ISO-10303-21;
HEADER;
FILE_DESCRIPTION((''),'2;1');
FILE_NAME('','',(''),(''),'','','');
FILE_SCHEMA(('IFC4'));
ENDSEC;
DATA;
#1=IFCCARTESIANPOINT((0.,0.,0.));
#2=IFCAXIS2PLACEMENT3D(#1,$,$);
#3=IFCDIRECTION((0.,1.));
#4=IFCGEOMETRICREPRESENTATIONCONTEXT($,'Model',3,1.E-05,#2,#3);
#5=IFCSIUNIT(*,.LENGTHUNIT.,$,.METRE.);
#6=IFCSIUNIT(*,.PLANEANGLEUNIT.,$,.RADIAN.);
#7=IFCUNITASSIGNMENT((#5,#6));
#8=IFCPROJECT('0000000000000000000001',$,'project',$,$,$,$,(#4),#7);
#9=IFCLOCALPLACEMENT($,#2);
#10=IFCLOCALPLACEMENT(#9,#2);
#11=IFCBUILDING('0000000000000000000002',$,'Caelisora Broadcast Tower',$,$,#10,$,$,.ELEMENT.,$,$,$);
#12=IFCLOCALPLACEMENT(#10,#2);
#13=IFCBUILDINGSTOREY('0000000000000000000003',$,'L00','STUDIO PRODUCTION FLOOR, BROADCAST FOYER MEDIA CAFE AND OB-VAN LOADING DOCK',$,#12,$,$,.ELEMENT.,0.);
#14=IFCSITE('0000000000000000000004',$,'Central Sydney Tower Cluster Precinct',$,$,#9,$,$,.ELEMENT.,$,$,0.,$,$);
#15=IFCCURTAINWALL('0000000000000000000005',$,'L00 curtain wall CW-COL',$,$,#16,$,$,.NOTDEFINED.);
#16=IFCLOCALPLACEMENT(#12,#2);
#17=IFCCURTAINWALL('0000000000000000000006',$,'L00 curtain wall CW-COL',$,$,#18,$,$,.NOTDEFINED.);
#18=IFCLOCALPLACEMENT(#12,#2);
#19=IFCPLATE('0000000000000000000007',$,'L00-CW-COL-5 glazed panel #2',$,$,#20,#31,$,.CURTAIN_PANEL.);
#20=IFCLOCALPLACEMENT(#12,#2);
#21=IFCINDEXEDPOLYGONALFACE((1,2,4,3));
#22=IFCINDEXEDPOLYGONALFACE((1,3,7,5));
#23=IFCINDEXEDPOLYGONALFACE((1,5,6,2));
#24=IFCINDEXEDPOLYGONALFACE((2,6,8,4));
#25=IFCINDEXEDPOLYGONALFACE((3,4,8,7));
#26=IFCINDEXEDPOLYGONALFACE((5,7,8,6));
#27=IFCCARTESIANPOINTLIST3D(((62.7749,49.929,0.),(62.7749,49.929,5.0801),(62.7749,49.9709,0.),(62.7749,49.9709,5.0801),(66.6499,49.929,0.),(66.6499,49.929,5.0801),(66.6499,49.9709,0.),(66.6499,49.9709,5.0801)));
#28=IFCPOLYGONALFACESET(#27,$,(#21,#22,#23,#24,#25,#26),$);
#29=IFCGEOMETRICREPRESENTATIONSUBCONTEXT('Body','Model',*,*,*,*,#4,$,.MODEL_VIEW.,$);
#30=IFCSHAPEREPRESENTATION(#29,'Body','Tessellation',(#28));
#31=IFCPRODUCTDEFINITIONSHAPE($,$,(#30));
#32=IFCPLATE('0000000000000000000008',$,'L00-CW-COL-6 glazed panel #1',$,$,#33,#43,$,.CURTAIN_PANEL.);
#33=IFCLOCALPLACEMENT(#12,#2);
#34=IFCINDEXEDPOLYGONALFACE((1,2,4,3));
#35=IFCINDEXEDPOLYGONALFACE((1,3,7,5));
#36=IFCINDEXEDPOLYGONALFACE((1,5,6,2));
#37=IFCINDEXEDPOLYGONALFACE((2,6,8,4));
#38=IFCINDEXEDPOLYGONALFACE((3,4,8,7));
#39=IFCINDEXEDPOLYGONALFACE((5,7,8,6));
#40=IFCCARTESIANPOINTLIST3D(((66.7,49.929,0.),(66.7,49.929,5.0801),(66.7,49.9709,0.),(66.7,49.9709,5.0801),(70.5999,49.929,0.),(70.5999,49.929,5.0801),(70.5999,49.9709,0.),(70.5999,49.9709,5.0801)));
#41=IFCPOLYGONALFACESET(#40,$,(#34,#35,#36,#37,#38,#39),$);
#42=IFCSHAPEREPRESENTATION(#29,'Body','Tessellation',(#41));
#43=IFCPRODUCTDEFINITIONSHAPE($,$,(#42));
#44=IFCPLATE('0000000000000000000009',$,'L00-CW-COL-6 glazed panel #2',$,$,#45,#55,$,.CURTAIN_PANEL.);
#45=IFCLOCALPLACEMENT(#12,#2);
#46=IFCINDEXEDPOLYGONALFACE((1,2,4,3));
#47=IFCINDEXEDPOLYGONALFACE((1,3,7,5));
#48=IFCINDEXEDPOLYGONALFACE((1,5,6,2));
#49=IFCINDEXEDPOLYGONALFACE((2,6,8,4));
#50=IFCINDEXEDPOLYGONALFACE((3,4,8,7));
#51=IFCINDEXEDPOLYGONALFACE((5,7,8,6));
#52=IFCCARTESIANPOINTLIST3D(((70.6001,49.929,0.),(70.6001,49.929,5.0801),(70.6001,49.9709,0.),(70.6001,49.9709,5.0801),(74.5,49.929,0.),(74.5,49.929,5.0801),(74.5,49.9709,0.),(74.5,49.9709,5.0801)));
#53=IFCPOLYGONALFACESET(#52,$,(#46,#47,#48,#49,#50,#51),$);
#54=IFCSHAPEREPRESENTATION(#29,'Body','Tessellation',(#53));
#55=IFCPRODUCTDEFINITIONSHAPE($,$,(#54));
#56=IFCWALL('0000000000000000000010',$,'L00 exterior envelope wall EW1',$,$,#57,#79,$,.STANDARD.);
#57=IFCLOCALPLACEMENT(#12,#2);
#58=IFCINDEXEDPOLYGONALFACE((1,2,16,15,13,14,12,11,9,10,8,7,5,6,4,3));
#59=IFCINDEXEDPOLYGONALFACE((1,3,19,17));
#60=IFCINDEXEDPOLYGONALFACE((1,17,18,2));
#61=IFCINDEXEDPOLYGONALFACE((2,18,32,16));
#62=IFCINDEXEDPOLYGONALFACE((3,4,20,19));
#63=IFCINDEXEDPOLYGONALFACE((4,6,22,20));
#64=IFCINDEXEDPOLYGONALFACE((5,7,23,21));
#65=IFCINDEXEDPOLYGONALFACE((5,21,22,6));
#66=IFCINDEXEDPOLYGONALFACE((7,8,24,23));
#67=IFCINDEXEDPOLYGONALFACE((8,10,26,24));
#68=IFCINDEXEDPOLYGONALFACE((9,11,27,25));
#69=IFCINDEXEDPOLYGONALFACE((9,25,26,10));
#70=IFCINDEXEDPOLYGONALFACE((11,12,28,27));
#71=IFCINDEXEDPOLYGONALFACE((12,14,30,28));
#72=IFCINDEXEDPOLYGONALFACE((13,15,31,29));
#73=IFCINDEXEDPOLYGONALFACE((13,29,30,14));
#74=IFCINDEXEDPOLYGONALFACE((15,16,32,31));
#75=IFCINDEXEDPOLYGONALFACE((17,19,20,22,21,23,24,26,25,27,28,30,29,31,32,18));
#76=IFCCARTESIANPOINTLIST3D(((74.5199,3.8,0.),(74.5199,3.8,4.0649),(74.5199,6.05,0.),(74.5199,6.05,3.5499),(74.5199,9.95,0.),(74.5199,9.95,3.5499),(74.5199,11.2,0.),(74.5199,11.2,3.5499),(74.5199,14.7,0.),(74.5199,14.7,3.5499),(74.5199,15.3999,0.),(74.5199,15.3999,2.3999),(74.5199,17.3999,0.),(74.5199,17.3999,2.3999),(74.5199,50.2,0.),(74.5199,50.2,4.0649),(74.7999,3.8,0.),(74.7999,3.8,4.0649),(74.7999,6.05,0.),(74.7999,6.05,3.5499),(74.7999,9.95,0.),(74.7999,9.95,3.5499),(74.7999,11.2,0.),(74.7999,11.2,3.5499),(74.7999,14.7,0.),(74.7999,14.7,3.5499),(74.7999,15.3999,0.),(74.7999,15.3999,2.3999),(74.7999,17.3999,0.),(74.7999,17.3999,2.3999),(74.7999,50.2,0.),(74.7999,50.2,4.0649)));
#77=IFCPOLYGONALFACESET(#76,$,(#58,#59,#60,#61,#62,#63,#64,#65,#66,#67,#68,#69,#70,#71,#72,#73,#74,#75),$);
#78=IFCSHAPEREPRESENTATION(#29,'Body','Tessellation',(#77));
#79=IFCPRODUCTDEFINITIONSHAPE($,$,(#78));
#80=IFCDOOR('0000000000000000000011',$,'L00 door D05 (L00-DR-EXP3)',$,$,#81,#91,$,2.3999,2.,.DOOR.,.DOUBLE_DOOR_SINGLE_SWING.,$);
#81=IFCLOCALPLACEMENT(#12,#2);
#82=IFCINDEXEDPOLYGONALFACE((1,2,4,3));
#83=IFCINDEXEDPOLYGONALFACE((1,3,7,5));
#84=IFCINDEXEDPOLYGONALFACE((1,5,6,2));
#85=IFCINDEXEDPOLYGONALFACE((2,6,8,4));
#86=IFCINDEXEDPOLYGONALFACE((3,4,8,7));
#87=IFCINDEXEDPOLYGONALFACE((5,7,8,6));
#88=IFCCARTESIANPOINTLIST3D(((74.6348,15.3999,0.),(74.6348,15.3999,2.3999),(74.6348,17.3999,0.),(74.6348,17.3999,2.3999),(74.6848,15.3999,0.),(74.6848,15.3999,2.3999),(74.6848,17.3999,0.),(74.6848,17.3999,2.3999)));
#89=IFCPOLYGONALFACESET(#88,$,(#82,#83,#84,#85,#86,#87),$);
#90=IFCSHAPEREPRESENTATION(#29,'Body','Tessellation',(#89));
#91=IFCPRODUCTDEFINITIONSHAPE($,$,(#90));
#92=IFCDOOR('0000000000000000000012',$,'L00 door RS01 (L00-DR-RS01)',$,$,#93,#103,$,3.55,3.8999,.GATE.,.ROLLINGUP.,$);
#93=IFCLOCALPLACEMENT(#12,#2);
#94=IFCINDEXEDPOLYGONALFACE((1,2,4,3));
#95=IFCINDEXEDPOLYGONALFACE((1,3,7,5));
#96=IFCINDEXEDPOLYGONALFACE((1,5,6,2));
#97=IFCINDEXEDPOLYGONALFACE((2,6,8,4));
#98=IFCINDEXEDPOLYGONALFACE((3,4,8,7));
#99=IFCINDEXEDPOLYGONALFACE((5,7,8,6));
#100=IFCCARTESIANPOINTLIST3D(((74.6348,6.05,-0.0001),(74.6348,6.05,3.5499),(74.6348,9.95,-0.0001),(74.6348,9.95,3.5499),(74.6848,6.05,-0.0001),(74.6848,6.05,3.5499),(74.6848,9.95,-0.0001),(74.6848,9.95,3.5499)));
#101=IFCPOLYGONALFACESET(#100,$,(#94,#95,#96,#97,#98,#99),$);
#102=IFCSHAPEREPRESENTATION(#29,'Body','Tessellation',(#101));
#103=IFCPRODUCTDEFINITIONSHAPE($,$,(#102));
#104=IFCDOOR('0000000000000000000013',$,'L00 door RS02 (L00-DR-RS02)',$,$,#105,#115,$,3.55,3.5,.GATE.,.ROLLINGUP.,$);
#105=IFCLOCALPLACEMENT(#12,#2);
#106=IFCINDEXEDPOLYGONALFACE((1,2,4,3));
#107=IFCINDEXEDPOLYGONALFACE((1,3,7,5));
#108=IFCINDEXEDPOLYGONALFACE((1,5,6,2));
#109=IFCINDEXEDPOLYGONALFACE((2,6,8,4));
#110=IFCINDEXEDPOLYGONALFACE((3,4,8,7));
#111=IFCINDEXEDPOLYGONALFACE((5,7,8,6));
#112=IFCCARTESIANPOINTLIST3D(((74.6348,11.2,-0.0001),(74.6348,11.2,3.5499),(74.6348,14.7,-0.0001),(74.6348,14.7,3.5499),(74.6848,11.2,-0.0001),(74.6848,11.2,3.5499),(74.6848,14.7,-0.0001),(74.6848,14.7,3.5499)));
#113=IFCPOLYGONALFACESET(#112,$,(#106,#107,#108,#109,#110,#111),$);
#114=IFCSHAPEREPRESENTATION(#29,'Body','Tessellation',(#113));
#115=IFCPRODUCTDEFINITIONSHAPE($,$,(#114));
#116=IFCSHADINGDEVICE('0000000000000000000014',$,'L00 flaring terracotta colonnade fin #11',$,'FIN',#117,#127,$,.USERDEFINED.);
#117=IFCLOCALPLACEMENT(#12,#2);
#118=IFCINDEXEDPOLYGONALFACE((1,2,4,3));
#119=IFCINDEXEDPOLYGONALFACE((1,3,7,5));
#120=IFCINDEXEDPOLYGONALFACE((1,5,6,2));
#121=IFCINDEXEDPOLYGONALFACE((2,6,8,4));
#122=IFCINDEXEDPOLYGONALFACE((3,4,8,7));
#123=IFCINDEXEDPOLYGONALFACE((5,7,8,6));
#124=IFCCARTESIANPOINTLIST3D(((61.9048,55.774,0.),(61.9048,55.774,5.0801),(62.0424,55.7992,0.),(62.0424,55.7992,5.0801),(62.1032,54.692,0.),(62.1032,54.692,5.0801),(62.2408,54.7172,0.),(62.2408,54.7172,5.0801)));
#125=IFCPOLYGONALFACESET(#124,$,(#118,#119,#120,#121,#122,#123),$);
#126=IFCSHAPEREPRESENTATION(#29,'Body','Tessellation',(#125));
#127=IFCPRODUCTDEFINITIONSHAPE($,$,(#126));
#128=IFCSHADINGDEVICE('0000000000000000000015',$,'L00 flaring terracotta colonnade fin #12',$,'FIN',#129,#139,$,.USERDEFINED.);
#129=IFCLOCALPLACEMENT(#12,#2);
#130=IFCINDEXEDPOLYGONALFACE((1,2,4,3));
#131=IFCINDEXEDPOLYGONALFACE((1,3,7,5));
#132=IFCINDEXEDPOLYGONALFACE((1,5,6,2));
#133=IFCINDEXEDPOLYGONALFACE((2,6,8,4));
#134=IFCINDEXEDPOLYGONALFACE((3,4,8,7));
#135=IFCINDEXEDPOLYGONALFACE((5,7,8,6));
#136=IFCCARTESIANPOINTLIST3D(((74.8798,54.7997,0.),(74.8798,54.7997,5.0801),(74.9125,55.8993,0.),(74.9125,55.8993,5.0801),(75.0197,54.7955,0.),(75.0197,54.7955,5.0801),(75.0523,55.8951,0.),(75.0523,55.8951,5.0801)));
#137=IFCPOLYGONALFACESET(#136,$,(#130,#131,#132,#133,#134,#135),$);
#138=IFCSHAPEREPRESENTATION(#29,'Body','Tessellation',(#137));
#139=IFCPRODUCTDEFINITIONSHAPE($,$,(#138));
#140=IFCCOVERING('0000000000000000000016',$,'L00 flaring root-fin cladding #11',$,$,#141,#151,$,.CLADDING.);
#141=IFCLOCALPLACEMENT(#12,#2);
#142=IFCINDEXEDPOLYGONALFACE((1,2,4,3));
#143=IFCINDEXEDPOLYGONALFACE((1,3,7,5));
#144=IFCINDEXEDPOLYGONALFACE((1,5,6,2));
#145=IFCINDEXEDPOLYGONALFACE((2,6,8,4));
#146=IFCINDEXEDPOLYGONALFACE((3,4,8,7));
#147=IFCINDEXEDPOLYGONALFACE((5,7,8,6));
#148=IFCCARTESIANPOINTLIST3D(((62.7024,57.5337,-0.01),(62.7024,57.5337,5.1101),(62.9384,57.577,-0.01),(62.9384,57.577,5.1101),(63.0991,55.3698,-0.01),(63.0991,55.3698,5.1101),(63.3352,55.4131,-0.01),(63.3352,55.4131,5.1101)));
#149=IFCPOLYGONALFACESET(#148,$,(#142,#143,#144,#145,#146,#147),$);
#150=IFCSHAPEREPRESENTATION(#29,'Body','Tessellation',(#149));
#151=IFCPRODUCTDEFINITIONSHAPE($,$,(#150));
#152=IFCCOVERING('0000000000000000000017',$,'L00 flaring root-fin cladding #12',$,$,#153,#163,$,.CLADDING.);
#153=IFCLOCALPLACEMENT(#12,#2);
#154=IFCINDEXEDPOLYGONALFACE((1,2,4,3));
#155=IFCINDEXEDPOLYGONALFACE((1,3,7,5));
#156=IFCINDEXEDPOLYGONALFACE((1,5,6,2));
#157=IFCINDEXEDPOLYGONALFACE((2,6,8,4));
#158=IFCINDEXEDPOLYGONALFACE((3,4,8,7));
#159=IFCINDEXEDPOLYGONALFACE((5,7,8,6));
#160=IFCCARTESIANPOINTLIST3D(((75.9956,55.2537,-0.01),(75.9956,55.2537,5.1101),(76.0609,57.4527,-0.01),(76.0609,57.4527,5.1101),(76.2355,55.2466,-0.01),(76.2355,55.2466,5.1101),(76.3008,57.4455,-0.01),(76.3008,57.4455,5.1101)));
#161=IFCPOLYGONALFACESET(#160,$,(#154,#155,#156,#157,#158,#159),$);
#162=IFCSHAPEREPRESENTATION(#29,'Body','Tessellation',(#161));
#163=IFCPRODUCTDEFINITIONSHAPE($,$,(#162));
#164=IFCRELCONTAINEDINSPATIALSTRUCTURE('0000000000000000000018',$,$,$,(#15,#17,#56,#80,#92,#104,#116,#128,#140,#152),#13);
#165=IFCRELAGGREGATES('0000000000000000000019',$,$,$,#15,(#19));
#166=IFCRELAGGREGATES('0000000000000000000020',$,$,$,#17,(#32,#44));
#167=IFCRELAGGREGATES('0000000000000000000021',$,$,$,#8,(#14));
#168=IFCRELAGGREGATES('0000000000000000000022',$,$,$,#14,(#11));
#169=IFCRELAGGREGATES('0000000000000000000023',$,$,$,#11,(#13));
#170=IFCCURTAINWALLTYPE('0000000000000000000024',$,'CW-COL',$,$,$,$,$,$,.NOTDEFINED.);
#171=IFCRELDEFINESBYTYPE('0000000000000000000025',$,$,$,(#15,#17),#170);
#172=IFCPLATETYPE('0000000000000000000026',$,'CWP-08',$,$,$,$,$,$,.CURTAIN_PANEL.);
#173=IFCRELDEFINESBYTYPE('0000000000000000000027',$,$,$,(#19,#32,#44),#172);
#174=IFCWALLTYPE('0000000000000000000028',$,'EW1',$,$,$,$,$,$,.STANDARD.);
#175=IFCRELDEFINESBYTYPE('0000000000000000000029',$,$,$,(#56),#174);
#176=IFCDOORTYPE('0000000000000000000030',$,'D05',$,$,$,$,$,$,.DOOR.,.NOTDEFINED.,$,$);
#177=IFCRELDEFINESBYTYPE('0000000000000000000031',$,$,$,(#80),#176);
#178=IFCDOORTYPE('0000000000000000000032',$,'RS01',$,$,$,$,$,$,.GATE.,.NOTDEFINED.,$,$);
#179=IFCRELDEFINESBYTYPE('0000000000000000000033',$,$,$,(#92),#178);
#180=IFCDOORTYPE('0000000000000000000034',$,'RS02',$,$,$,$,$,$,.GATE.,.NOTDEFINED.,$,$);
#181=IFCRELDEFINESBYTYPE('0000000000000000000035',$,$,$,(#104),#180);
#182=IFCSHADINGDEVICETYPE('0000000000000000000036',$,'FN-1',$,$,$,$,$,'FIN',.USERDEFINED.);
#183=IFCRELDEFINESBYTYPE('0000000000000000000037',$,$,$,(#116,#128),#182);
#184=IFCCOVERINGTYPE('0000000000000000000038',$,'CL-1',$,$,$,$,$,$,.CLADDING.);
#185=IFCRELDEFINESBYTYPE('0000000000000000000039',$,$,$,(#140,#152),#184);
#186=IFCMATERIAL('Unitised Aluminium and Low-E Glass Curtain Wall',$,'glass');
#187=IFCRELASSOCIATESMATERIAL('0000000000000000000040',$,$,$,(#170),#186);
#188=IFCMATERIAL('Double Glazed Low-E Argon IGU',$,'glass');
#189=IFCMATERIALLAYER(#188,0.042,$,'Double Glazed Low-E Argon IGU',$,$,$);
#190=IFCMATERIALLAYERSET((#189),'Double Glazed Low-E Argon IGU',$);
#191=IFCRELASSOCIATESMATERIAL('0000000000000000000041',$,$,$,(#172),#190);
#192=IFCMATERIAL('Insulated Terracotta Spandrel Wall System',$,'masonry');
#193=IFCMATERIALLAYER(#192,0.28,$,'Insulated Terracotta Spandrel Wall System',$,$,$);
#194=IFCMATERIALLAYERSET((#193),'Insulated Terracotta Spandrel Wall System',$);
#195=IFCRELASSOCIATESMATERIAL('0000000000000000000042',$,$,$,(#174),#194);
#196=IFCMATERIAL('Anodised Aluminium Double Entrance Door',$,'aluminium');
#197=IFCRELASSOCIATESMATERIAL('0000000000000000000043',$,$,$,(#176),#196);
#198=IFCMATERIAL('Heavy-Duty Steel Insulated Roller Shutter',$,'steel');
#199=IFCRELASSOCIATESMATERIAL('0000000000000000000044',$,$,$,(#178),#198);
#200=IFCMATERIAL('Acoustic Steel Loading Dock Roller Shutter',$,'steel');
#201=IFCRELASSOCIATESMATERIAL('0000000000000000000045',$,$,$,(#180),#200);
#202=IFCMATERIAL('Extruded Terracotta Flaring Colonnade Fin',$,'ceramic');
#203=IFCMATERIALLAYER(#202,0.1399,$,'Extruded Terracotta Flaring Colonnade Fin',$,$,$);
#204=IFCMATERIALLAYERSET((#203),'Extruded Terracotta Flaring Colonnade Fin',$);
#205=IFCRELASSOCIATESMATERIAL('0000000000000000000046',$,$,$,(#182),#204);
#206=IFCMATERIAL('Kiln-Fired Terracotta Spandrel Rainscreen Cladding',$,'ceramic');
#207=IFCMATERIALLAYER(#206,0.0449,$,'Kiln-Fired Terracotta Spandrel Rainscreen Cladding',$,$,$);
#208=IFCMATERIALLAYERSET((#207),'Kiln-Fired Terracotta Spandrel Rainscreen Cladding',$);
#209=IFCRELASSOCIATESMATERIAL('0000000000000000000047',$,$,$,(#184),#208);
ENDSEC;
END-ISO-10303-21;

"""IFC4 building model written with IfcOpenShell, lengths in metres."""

from ifc_helpers import new_model, si_unit, direction, frame, frame_2d, origin, origin_2d, place, context, subcontext, project, spatial, rectangle, extrude, source, transform, mapped, material, layer, layer_set, type_object, type_shapes, element, fill, aggregate, save


model = new_model("IFC4")

# Units and contexts
model_context = context("Model", 3, precision=1e-05, world=origin(), true_north=direction((0.0, 1.0)))
body_context = subcontext(model_context, "Body", "Model", "MODEL_VIEW")
ifc_project = project(units=[si_unit("LENGTHUNIT", "METRE"), si_unit("PLANEANGLEUNIT", "RADIAN")], contexts=[model_context])

# Site, building, storey
site_placement = place(None, origin())
site = spatial("IfcSite", under=ifc_project, at=site_placement, Name="Central Sydney Tower Cluster Precinct", CompositionType="ELEMENT", RefElevation=0.0)
building_placement = place(site_placement, origin())
building = spatial("IfcBuilding", under=site, at=building_placement, Name="Caelisora Broadcast Tower", CompositionType="ELEMENT")
storey_placement = place(building_placement, origin())
storey = spatial("IfcBuildingStorey", under=building, at=storey_placement, Name="L00", Description="STUDIO PRODUCTION FLOOR, BROADCAST FOYER MEDIA CAFE AND OB-VAN LOADING DOCK", CompositionType="ELEMENT", Elevation=0.0)

# Curtain walls
ifc_material_1 = material(Name="Unitised Aluminium and Low-E Glass Curtain Wall", Category="glass")
curtain_wall_type = type_object("IfcCurtainWallType", Name="CW-COL", PredefinedType="NOTDEFINED", material=ifc_material_1)
curtain_wall_1_placement = place(storey_placement, origin())
curtain_wall_1 = element("IfcCurtainWall", 1, at=curtain_wall_1_placement, inside=storey, type_object=curtain_wall_type, Name="L00 curtain wall CW-COL", PredefinedType="NOTDEFINED")
curtain_wall_2_placement = place(storey_placement, origin())
curtain_wall_2 = element("IfcCurtainWall", 2, at=curtain_wall_2_placement, inside=storey, type_object=curtain_wall_type, Name="L00 curtain wall CW-COL", PredefinedType="NOTDEFINED")

# Plates
ifc_material_2 = material(Name="Double Glazed Low-E Argon IGU", Category="glass")
ifc_layer_1 = layer(ifc_material_2, 0.042, Name="Double Glazed Low-E Argon IGU")
ifc_layer_set_1 = layer_set([ifc_layer_1], Name="Double Glazed Low-E Argon IGU")
plate_type = type_object("IfcPlateType", Name="CWP-08", PredefinedType="CURTAIN_PANEL", material=ifc_layer_set_1)
shared_shape_1 = source(origin(), body_context, "Body", "SweptSolid", [
    extrude(rectangle(XDim=3.875, YDim=0.042, at=origin_2d()), origin(), (0.0, 0.0, 1.0), 5.0801),
])
plate_1_placement = place(storey_placement, frame((64.7124, 49.95, 0.0), z_axis=(0.0, 0.0, 1.0), x_axis=(1.0, 0.0, 0.0)))
plate_1 = element("IfcPlate", 3, at=plate_1_placement, type_object=plate_type, Name="L00-CW-COL-5 glazed panel #2", PredefinedType="CURTAIN_PANEL", context=body_context, shape_type="MappedRepresentation", body=[
    mapped(shared_shape_1, transform((0.0, 0.0, 0.0), scale=1.0)),
])
aggregate(curtain_wall_1, [plate_1])
shared_shape_2 = source(origin(), body_context, "Body", "SweptSolid", [
    extrude(rectangle(XDim=3.8999, YDim=0.042, at=origin_2d()), origin(), (0.0, 0.0, 1.0), 5.0801),
])
type_shapes(plate_type, [shared_shape_1, shared_shape_2])
plate_2_placement = place(storey_placement, frame((68.6499, 49.95, 0.0), z_axis=(0.0, 0.0, 1.0), x_axis=(1.0, 0.0, 0.0)))
plate_2 = element("IfcPlate", 4, at=plate_2_placement, type_object=plate_type, Name="L00-CW-COL-6 glazed panel #1", PredefinedType="CURTAIN_PANEL", context=body_context, shape_type="MappedRepresentation", body=[
    mapped(shared_shape_2, transform((0.0, 0.0, 0.0), scale=1.0)),
])
plate_3_placement = place(storey_placement, frame((72.55, 49.95, 0.0), z_axis=(0.0, 0.0, 1.0), x_axis=(1.0, 0.0, 0.0)))
plate_3 = element("IfcPlate", 5, at=plate_3_placement, type_object=plate_type, Name="L00-CW-COL-6 glazed panel #2", PredefinedType="CURTAIN_PANEL", context=body_context, shape_type="MappedRepresentation", body=[
    mapped(shared_shape_2, transform((0.0, 0.0, 0.0), scale=1.0)),
])
aggregate(curtain_wall_2, [plate_2, plate_3])

# Wall, openings, doors
ifc_material_3 = material(Name="Insulated Terracotta Spandrel Wall System", Category="masonry")
ifc_layer_2 = layer(ifc_material_3, 0.28, Name="Insulated Terracotta Spandrel Wall System")
ifc_layer_set_2 = layer_set([ifc_layer_2], Name="Insulated Terracotta Spandrel Wall System")
wall_type = type_object("IfcWallType", Name="EW1", PredefinedType="STANDARD", material=ifc_layer_set_2)
wall_placement = place(storey_placement, frame((74.6599, 50.2, 0.0), z_axis=(0.0, 0.0, 1.0), x_axis=(0.0, -1.0, 0.0)))
wall = element("IfcWall", 6, at=wall_placement, inside=storey, type_object=wall_type, Name="L00 exterior envelope wall EW1", PredefinedType="STANDARD", context=body_context, shape_type="SweptSolid", body=[
    extrude(rectangle(XDim=46.3999, YDim=0.28, at=frame_2d((23.2, 0.0))), origin(), (0.0, 0.0, 1.0), 4.0649),
])
opening_1_placement = place(wall_placement, frame((40.25, 0.0, 0.0)))
opening_1 = element("IfcOpeningElement", 7, at=opening_1_placement, cuts=wall, PredefinedType="OPENING", context=body_context, shape_type="SweptSolid", body=[
    extrude(rectangle(XDim=3.8999, YDim=3.55, at=frame_2d((1.95, 1.7749))), frame((0.0, 0.1521, 0.0), z_axis=(0.0, -1.0, 0.0), x_axis=(1.0, 0.0, 0.0)), (0.0, 0.0, 1.0), 0.304),
])
opening_2_placement = place(wall_placement, frame((35.5, 0.0, 0.0)))
opening_2 = element("IfcOpeningElement", 8, at=opening_2_placement, cuts=wall, PredefinedType="OPENING", context=body_context, shape_type="SweptSolid", body=[
    extrude(rectangle(XDim=3.5, YDim=3.55, at=frame_2d((1.75, 1.7749))), frame((0.0, 0.1521, 0.0), z_axis=(0.0, -1.0, 0.0), x_axis=(1.0, 0.0, 0.0)), (0.0, 0.0, 1.0), 0.304),
])
opening_3_placement = place(wall_placement, frame((32.8, 0.0, 0.0)))
opening_3 = element("IfcOpeningElement", 9, at=opening_3_placement, cuts=wall, PredefinedType="OPENING", context=body_context, shape_type="SweptSolid", body=[
    extrude(rectangle(XDim=2.0, YDim=2.3999, at=frame_2d((1.0, 1.2))), frame((0.0, 0.1521, 0.0), z_axis=(0.0, -1.0, 0.0), x_axis=(1.0, 0.0, 0.0)), (0.0, 0.0, 1.0), 0.304),
])
ifc_material_4 = material(Name="Anodised Aluminium Double Entrance Door", Category="aluminium")
door_type_1 = type_object("IfcDoorType", Name="D05", OperationType="NOTDEFINED", PredefinedType="DOOR", material=ifc_material_4)
door_1_placement = place(opening_3_placement, origin())
door_1 = element("IfcDoor", 10, at=door_1_placement, inside=storey, type_object=door_type_1, Name="L00 door D05 (L00-DR-EXP3)", OperationType="DOUBLE_DOOR_SINGLE_SWING", OverallHeight=2.3999, OverallWidth=2.0, PredefinedType="DOOR", context=body_context, shape_type="SweptSolid", body=[
    extrude(rectangle(XDim=2.0, YDim=2.3999, at=frame_2d((1.0, 1.2))), frame((0.0, 0.0249, 0.0), z_axis=(0.0, -1.0, 0.0), x_axis=(1.0, 0.0, 0.0)), (0.0, 0.0, 1.0), 0.05),
])
fill(opening_3, door_1)
ifc_material_5 = material(Name="Heavy-Duty Steel Insulated Roller Shutter", Category="steel")
door_type_2 = type_object("IfcDoorType", Name="RS01", OperationType="NOTDEFINED", PredefinedType="GATE", material=ifc_material_5)
door_2_placement = place(opening_1_placement, origin())
door_2 = element("IfcDoor", 11, at=door_2_placement, inside=storey, type_object=door_type_2, Name="L00 door RS01 (L00-DR-RS01)", OperationType="ROLLINGUP", OverallHeight=3.55, OverallWidth=3.8999, PredefinedType="GATE", context=body_context, shape_type="SweptSolid", body=[
    extrude(rectangle(XDim=3.8999, YDim=3.55, at=frame_2d((1.95, 1.7749))), frame((0.0, 0.0249, 0.0), z_axis=(0.0, -1.0, 0.0), x_axis=(1.0, 0.0, 0.0)), (0.0, 0.0, 1.0), 0.05),
])
fill(opening_1, door_2)
ifc_material_6 = material(Name="Acoustic Steel Loading Dock Roller Shutter", Category="steel")
door_type_3 = type_object("IfcDoorType", Name="RS02", OperationType="NOTDEFINED", PredefinedType="GATE", material=ifc_material_6)
door_3_placement = place(opening_2_placement, origin())
door_3 = element("IfcDoor", 12, at=door_3_placement, inside=storey, type_object=door_type_3, Name="L00 door RS02 (L00-DR-RS02)", OperationType="ROLLINGUP", OverallHeight=3.55, OverallWidth=3.5, PredefinedType="GATE", context=body_context, shape_type="SweptSolid", body=[
    extrude(rectangle(XDim=3.5, YDim=3.55, at=frame_2d((1.75, 1.7749))), frame((0.0, 0.0249, 0.0), z_axis=(0.0, -1.0, 0.0), x_axis=(1.0, 0.0, 0.0)), (0.0, 0.0, 1.0), 0.05),
])
fill(opening_2, door_3)

# Shading devices
ifc_material_7 = material(Name="Extruded Terracotta Flaring Colonnade Fin", Category="ceramic")
ifc_layer_3 = layer(ifc_material_7, 0.1399, Name="Extruded Terracotta Flaring Colonnade Fin")
ifc_layer_set_3 = layer_set([ifc_layer_3], Name="Extruded Terracotta Flaring Colonnade Fin")
shading_device_type = type_object("IfcShadingDeviceType", Name="FN-1", ElementType="FIN", PredefinedType="USERDEFINED", material=ifc_layer_set_3)
shared_shape_3 = source(origin(), body_context, "Body", "SweptSolid", [
    extrude(rectangle(XDim=1.1001, YDim=0.1399, at=origin_2d()), origin(), (0.0, 0.0, 1.0), 5.0801),
])
type_shapes(shading_device_type, [shared_shape_3])
for number, where, z_axis, x_axis, name in (
    (13, (62.0728, 55.2456, 0.0), (0.0, 0.0, 1.0), (-0.180347, 0.983603, 0.0), "L00 flaring terracotta colonnade fin #11"),
    (14, (74.9661, 55.3474, 0.0), (0.0, 0.0, 1.0), (0.029666, 0.99956, 0.0), "L00 flaring terracotta colonnade fin #12"),
):
    element("IfcShadingDevice", number, at=place(storey_placement, frame(where, z_axis=z_axis, x_axis=x_axis)), inside=storey, type_object=shading_device_type, Name=name, ObjectType="FIN", PredefinedType="USERDEFINED", context=body_context, shape_type="MappedRepresentation", body=[
        mapped(shared_shape_3, transform((0.0, 0.0, 0.0), scale=1.0)),
    ])

# Coverings
ifc_material_8 = material(Name="Kiln-Fired Terracotta Spandrel Rainscreen Cladding", Category="ceramic")
ifc_layer_4 = layer(ifc_material_8, 0.0449, Name="Kiln-Fired Terracotta Spandrel Rainscreen Cladding")
ifc_layer_set_4 = layer_set([ifc_layer_4], Name="Kiln-Fired Terracotta Spandrel Rainscreen Cladding")
covering_type = type_object("IfcCoveringType", Name="CL-1", PredefinedType="CLADDING", material=ifc_layer_set_4)
shared_shape_4 = source(origin(), body_context, "Body", "SweptSolid", [
    extrude(rectangle(XDim=2.2, YDim=0.24, at=origin_2d()), origin(), (0.0, 0.0, 1.0), 5.1201),
])
type_shapes(covering_type, [shared_shape_4])
for number, where, z_axis, x_axis, name in (
    (15, (63.0188, 56.4734, -0.01), (0.0, 0.0, 1.0), (-0.180347, 0.983603, 0.0), "L00 flaring root-fin cladding #11"),
    (16, (76.1482, 56.3496, -0.01), (0.0, 0.0, 1.0), (0.029666, 0.99956, 0.0), "L00 flaring root-fin cladding #12"),
):
    element("IfcCovering", number, at=place(storey_placement, frame(where, z_axis=z_axis, x_axis=x_axis)), inside=storey, type_object=covering_type, Name=name, PredefinedType="CLADDING", context=body_context, shape_type="MappedRepresentation", body=[
        mapped(shared_shape_4, transform((0.0, 0.0, 0.0), scale=1.0)),
    ])

save(model, "model.ifc")
